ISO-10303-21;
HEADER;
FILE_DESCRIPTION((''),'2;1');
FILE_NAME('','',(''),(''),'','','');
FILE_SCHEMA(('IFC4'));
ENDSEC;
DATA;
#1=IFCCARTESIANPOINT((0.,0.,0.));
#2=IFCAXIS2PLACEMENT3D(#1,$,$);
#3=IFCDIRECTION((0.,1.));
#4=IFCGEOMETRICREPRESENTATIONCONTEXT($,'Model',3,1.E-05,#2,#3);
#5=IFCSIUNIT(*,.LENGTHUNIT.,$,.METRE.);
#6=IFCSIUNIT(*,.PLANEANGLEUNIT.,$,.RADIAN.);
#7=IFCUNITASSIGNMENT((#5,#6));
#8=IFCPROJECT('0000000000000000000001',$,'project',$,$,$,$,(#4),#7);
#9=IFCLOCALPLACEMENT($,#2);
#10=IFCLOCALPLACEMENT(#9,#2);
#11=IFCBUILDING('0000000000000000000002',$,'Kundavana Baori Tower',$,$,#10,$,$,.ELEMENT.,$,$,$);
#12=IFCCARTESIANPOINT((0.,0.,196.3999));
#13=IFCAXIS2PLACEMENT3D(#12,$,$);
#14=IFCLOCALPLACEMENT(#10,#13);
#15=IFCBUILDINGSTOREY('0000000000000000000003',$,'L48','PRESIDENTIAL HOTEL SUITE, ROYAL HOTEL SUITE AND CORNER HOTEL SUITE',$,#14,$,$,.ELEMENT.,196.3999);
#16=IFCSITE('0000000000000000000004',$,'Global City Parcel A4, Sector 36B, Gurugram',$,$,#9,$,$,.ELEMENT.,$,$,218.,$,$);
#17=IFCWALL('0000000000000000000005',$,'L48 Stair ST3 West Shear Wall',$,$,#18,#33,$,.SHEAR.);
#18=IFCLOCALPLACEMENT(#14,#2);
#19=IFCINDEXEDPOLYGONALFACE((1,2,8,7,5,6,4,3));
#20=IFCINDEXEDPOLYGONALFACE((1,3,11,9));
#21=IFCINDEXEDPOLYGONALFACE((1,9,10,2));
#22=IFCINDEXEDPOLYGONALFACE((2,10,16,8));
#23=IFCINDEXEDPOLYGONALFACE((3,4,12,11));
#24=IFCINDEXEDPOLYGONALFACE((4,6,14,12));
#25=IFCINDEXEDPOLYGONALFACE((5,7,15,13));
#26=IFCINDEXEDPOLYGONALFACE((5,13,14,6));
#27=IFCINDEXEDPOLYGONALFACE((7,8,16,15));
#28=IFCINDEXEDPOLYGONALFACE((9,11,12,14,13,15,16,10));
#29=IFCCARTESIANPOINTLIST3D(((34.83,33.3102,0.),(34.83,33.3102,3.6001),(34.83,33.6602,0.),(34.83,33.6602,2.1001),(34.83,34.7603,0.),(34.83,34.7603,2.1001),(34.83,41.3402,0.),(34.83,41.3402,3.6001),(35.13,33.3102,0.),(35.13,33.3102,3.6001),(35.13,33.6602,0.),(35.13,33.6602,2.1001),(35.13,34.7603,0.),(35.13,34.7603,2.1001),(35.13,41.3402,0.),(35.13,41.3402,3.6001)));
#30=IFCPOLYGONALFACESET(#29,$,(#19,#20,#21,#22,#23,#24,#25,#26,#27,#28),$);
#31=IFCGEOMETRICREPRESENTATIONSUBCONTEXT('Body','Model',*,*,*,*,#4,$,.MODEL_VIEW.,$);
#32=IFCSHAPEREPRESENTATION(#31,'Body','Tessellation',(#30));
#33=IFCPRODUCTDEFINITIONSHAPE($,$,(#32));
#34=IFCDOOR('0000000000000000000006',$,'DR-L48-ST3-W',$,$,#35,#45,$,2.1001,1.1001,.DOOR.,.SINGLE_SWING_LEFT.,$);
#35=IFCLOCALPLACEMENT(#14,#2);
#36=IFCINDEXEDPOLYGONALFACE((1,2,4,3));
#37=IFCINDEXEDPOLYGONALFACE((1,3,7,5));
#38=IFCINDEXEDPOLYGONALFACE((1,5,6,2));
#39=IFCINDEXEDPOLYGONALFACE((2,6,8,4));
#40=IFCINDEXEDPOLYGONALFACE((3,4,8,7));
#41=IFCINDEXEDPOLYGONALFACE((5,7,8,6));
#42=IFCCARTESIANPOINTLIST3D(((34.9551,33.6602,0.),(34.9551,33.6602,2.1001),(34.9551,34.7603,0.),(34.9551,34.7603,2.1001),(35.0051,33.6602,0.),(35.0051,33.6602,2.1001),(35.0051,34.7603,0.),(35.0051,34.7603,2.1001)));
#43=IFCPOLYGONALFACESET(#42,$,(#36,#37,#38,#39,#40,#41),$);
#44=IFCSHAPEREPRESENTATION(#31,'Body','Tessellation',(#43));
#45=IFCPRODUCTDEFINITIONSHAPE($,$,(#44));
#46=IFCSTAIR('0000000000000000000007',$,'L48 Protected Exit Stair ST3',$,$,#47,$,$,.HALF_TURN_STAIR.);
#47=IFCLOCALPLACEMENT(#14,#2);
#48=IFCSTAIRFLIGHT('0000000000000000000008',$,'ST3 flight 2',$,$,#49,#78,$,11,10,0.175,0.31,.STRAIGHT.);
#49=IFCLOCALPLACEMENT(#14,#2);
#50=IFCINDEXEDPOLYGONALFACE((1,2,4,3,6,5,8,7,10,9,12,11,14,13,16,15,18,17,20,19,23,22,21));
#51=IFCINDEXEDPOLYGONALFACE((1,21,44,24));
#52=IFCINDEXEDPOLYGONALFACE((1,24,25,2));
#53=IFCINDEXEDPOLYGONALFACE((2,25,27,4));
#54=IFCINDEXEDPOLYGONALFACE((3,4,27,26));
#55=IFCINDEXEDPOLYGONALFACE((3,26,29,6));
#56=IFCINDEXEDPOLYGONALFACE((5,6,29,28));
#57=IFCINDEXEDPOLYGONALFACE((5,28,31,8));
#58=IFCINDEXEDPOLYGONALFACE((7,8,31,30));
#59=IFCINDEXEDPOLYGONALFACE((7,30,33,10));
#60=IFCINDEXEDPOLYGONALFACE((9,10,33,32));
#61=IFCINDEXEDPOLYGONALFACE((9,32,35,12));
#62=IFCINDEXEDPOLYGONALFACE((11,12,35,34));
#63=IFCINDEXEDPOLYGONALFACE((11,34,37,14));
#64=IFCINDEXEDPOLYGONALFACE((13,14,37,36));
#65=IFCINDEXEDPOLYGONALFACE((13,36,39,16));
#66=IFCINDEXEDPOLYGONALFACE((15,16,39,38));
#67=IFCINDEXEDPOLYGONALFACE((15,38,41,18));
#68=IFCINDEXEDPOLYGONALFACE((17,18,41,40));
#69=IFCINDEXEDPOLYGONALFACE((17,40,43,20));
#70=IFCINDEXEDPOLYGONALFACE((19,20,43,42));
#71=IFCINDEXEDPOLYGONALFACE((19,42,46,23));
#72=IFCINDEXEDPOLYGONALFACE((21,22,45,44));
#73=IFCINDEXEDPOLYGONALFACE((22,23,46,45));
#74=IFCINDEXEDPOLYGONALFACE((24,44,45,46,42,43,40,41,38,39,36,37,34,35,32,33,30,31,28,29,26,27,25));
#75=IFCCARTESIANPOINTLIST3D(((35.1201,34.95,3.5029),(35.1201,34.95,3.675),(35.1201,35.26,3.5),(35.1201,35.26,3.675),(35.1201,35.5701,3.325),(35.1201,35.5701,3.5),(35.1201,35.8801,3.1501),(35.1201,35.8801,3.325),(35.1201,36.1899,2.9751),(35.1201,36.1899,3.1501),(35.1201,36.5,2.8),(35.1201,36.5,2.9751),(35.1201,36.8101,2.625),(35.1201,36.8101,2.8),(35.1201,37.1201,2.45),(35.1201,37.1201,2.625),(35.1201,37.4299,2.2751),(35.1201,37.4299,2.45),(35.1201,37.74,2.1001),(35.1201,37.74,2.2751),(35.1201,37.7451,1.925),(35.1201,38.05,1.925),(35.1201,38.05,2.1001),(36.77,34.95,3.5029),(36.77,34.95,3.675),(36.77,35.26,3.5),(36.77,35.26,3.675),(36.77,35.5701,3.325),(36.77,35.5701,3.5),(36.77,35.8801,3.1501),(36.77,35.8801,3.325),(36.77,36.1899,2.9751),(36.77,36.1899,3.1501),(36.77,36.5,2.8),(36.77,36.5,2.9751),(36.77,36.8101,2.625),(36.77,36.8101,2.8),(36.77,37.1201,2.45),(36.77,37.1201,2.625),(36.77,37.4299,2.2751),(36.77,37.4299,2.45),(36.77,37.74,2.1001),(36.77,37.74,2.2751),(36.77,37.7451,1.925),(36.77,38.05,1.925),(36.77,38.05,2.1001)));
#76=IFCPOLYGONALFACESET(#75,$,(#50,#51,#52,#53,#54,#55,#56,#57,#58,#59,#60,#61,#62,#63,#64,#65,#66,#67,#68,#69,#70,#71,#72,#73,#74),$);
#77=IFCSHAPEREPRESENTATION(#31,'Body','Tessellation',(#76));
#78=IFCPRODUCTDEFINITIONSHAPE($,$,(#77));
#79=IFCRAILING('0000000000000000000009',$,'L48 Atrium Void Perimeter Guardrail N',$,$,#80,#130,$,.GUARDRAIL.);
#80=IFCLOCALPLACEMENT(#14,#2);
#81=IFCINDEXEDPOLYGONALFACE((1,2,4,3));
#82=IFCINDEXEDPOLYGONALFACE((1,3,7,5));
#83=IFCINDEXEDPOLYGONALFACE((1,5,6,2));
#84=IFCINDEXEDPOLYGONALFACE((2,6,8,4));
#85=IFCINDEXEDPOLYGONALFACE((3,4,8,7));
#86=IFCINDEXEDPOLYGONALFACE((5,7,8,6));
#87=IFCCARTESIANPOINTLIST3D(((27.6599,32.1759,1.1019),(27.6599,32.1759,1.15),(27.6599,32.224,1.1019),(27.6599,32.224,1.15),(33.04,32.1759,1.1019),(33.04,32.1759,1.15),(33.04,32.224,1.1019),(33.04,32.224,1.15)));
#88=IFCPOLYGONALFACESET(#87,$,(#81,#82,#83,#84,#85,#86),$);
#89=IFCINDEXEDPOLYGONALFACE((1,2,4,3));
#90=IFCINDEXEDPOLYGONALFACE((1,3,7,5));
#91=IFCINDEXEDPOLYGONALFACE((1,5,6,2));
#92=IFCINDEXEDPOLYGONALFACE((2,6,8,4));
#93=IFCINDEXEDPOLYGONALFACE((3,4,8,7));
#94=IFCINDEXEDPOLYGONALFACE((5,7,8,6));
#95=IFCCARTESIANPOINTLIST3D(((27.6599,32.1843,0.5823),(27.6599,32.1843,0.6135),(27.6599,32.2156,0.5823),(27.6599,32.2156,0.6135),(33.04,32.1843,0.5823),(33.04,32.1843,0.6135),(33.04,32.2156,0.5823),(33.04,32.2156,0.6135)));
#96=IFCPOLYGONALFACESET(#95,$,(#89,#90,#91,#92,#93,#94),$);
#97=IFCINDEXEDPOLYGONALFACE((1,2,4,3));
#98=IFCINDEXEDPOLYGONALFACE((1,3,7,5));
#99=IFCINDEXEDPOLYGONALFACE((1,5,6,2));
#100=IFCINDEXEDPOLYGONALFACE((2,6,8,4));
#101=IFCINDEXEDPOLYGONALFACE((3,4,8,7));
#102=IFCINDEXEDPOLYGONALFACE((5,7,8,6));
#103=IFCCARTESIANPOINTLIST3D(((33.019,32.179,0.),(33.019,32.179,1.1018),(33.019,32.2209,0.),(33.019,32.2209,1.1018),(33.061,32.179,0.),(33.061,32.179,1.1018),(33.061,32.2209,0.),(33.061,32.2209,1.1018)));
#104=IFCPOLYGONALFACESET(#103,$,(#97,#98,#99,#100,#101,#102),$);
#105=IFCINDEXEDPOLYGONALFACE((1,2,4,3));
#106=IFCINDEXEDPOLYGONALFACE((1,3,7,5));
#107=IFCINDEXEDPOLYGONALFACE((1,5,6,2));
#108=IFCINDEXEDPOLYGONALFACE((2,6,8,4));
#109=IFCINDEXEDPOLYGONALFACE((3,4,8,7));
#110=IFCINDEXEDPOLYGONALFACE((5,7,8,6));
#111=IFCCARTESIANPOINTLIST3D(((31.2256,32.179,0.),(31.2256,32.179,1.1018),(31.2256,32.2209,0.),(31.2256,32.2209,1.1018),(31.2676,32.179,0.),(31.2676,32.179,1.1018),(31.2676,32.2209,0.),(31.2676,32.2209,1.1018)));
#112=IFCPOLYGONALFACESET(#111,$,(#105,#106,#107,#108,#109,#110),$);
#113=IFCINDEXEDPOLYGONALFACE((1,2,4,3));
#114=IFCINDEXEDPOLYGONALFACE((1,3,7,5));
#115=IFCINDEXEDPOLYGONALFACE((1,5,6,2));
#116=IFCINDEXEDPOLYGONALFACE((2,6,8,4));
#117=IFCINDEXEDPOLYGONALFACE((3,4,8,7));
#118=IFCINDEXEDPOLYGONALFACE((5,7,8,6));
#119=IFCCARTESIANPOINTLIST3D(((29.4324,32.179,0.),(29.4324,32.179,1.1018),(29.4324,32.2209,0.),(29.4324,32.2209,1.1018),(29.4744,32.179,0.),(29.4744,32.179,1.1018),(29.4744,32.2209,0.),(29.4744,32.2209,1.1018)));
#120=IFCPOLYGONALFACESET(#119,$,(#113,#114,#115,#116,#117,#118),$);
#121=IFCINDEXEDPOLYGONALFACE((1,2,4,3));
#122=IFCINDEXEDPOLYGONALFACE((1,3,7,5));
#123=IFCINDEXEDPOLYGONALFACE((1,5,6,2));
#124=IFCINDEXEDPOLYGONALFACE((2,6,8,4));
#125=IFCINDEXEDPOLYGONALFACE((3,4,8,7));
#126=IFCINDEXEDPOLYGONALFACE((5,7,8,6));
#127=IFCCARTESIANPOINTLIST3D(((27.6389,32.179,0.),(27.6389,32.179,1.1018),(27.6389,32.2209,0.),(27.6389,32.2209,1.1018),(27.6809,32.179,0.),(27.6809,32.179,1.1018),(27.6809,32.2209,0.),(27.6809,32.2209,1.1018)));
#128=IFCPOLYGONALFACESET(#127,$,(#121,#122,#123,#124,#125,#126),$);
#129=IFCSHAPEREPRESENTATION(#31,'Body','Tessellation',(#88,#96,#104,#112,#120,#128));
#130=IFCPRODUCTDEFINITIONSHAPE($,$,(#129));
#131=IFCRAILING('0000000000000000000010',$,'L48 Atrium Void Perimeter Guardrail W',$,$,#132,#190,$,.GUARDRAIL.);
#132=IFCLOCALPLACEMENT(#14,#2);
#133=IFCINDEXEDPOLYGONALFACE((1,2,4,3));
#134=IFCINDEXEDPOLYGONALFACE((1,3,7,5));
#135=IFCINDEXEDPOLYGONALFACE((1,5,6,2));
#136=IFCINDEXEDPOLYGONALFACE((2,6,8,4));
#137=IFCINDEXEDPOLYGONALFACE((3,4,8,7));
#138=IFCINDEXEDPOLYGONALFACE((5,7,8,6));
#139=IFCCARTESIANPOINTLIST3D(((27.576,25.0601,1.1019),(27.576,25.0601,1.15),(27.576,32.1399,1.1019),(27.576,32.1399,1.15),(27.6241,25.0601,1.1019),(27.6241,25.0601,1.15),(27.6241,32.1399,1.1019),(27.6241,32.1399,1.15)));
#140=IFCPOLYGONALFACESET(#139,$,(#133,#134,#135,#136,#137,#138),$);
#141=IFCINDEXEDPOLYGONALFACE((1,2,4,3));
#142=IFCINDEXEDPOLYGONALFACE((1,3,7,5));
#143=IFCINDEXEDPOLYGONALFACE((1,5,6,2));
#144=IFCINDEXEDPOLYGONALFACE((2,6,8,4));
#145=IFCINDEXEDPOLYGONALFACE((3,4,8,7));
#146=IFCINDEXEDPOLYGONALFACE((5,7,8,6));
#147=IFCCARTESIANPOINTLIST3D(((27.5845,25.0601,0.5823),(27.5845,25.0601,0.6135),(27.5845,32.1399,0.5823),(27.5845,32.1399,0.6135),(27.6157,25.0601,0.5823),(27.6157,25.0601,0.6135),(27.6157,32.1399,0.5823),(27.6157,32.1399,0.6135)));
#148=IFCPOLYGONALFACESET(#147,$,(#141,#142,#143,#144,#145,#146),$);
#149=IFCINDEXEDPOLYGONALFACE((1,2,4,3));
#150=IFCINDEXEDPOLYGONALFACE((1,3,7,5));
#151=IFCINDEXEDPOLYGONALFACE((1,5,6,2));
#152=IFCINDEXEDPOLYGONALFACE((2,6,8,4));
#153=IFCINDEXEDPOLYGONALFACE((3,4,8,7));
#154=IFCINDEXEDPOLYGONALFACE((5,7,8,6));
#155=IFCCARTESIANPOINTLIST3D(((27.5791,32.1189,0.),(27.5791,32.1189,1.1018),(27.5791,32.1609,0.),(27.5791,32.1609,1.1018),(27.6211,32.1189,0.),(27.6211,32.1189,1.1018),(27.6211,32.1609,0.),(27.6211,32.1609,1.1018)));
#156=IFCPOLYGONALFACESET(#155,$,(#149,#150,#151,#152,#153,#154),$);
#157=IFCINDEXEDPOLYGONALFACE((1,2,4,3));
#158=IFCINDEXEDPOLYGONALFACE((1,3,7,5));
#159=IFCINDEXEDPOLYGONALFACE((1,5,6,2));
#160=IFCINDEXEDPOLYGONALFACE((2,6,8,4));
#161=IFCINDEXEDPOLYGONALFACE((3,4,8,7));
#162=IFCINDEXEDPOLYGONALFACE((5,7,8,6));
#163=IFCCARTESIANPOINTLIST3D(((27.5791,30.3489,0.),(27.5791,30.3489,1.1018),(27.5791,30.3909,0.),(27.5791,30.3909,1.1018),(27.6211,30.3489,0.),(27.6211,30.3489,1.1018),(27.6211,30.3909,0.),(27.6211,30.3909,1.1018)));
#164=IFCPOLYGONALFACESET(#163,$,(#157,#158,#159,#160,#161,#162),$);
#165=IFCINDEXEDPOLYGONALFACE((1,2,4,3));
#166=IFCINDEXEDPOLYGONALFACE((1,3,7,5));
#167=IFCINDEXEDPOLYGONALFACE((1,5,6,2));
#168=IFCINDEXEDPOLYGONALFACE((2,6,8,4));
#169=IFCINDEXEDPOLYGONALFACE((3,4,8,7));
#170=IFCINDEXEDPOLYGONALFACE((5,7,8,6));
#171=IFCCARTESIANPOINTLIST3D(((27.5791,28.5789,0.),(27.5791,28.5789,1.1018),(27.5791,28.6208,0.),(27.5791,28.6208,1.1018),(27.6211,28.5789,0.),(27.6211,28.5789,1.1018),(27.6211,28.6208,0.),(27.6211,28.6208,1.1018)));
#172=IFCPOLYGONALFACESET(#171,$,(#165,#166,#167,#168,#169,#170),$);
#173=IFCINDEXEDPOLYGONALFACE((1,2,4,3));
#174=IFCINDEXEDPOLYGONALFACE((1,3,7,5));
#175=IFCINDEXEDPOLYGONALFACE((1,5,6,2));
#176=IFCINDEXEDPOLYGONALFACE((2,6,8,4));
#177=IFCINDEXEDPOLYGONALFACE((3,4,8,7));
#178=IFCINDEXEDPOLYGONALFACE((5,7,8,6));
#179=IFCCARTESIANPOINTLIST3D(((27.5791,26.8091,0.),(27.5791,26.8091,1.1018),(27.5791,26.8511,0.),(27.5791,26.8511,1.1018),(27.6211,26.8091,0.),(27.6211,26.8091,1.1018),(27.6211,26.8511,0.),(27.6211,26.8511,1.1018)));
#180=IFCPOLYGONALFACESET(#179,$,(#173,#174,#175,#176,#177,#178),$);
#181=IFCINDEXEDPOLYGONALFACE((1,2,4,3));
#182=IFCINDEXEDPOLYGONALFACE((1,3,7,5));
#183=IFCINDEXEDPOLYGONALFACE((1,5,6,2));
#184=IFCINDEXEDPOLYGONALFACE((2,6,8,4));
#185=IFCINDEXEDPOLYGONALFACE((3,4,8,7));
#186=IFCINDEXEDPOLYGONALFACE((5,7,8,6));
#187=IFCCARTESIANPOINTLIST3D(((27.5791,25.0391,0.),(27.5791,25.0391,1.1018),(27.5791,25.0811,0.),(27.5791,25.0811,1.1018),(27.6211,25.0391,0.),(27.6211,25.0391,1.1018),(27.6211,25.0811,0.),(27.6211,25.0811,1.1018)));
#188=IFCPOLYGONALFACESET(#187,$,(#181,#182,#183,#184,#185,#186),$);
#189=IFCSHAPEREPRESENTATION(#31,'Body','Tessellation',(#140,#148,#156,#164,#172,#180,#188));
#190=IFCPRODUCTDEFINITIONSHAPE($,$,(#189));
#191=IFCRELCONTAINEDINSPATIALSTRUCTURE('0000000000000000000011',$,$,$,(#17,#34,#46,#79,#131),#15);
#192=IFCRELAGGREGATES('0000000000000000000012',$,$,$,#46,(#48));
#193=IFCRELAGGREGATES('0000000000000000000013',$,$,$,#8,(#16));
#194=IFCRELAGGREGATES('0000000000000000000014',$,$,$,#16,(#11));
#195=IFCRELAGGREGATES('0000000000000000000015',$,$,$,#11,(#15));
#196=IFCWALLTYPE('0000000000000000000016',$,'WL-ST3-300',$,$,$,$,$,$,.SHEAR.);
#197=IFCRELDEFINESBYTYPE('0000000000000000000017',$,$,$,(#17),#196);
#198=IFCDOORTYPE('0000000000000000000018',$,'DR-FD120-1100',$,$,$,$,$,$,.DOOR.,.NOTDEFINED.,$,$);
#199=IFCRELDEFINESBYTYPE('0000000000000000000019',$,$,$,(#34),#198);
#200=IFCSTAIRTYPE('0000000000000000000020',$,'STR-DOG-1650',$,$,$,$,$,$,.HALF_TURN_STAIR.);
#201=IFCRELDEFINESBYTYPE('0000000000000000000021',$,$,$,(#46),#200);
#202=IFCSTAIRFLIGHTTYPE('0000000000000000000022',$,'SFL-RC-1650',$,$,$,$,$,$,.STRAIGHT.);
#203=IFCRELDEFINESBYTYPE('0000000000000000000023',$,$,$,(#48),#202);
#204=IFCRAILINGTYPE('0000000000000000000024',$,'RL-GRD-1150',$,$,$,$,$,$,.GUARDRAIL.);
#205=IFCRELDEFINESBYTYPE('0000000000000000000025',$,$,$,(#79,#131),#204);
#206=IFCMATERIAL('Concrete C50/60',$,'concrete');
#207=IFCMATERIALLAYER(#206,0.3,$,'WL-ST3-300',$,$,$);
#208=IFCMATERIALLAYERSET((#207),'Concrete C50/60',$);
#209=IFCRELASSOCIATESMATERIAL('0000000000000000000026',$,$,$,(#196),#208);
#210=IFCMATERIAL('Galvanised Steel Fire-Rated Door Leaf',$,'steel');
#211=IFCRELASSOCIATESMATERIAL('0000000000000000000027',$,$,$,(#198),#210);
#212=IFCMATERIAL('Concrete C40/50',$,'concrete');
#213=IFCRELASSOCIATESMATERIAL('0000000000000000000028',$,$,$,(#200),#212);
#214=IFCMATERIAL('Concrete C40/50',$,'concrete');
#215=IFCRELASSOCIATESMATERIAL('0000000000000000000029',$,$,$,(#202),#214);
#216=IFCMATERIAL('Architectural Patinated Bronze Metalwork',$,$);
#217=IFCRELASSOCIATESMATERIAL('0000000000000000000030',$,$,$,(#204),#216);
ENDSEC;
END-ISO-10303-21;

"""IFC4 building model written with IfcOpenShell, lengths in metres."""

from ifc_helpers import new_model, si_unit, direction, frame, frame_2d, origin, origin_2d, place, context, subcontext, project, spatial, polyline, rectangle, outline, extrude, material, layer, layer_set, type_object, element, fill, aggregate, save


model = new_model("IFC4")

# Units and contexts
model_context = context("Model", 3, precision=1e-05, world=origin(), true_north=direction((0.0, 1.0)))
body_context = subcontext(model_context, "Body", "Model", "MODEL_VIEW")
ifc_project = project(units=[si_unit("LENGTHUNIT", "METRE"), si_unit("PLANEANGLEUNIT", "RADIAN")], contexts=[model_context])

# Site, building, storey
site_placement = place(None, origin())
site = spatial("IfcSite", under=ifc_project, at=site_placement, Name="Global City Parcel A4, Sector 36B, Gurugram", CompositionType="ELEMENT", RefElevation=218.0)
building_placement = place(site_placement, origin())
building = spatial("IfcBuilding", under=site, at=building_placement, Name="Kundavana Baori Tower", CompositionType="ELEMENT")
storey_placement = place(building_placement, frame((0.0, 0.0, 196.3999)))
storey = spatial("IfcBuildingStorey", under=building, at=storey_placement, Name="L48", Description="PRESIDENTIAL HOTEL SUITE, ROYAL HOTEL SUITE AND CORNER HOTEL SUITE", CompositionType="ELEMENT", Elevation=196.3999)

# Shared definitions
ifc_material_1 = material(Name="Concrete C50/60", Category="concrete")
ifc_layer_1 = layer(ifc_material_1, 0.3, Name="WL-ST3-300")
ifc_layer_set_1 = layer_set([ifc_layer_1], Name="Concrete C50/60")
wall_type_1 = type_object("IfcWallType", Name="WL-ST3-300", PredefinedType="SHEAR", material=ifc_layer_set_1)

# Wall, opening, door
wall_1_placement = place(storey_placement, frame((34.98, 33.3101, 0.0), z_axis=(0.0, 0.0, 1.0), x_axis=(0.0, 1.0, 0.0)))
wall_1 = element("IfcWall", 1, at=wall_1_placement, inside=storey, type_object=wall_type_1, Name="L48 Stair ST3 West Shear Wall", PredefinedType="SHEAR", context=body_context, shape_type="SweptSolid", body=[
    extrude(rectangle(XDim=8.03, YDim=0.3, at=frame_2d((4.0151, 0.0))), origin(), (0.0, 0.0, 1.0), 3.6001),
])
opening_1_placement = place(wall_1_placement, frame((0.3501, 0.0, 0.0)))
opening_1 = element("IfcOpeningElement", 2, at=opening_1_placement, cuts=wall_1, PredefinedType="OPENING", context=body_context, shape_type="SweptSolid", body=[
    extrude(rectangle(XDim=1.1001, YDim=2.1001, at=frame_2d((0.55, 1.05))), frame((0.0, 0.1602, 0.0), z_axis=(0.0, -1.0, 0.0), x_axis=(1.0, 0.0, 0.0)), (0.0, 0.0, 1.0), 0.3201),
])
ifc_material_2 = material(Name="Galvanised Steel Fire-Rated Door Leaf", Category="steel")
door_type_1 = type_object("IfcDoorType", Name="DR-FD120-1100", OperationType="NOTDEFINED", PredefinedType="DOOR", material=ifc_material_2)
door_1_placement = place(opening_1_placement, origin())
door_1 = element("IfcDoor", 3, at=door_1_placement, inside=storey, type_object=door_type_1, Name="DR-L48-ST3-W", OperationType="SINGLE_SWING_LEFT", OverallHeight=2.1001, OverallWidth=1.1001, PredefinedType="DOOR", context=body_context, shape_type="SweptSolid", body=[
    extrude(rectangle(XDim=1.1001, YDim=2.1001, at=frame_2d((0.55, 1.05))), frame((0.0, 0.0249, 0.0), z_axis=(0.0, -1.0, 0.0), x_axis=(1.0, 0.0, 0.0)), (0.0, 0.0, 1.0), 0.05),
])
fill(opening_1, door_1)

# Stair, stair flight
ifc_material_3 = material(Name="Concrete C40/50", Category="concrete")
stair_type = type_object("IfcStairType", Name="STR-DOG-1650", PredefinedType="HALF_TURN_STAIR", material=ifc_material_3)
stair_placement = place(storey_placement, origin())
stair = element("IfcStair", 4, at=stair_placement, inside=storey, type_object=stair_type, Name="L48 Protected Exit Stair ST3", PredefinedType="HALF_TURN_STAIR")
ifc_material_4 = material(Name="Concrete C40/50", Category="concrete")
stair_flight_type = type_object("IfcStairFlightType", Name="SFL-RC-1650", PredefinedType="STRAIGHT", material=ifc_material_4)
stair_flight_placement = place(storey_placement, frame((35.9451, 38.05, 1.925), z_axis=(0.0, 0.0, 1.0), x_axis=(0.0, -1.0, 0.0)))
stair_flight = element("IfcStairFlight", 5, at=stair_flight_placement, type_object=stair_flight_type, Name="ST3 flight 2", NumberOfRisers=11, NumberOfTreads=10, PredefinedType="STRAIGHT", RiserHeight=0.175, TreadLength=0.31, context=body_context, shape_type="SweptSolid", body=[
    extrude(outline(polyline([(0.0, 0.0), (0.0, 0.175), (0.3101, 0.175), (0.3101, 0.3501), (0.6201, 0.3501), (0.6201, 0.5249), (0.9299, 0.5249), (0.9299, 0.7), (1.24, 0.7), (1.24, 0.875), (1.55, 0.875), (1.55, 1.05), (1.8601, 1.05), (1.8601, 1.2251), (2.1699, 1.2251), (2.1699, 1.3999), (2.48, 1.3999), (2.48, 1.575), (2.79, 1.575), (2.79, 1.75), (3.1001, 1.75), (3.1001, 1.925), (3.1001, 1.5779), (0.3049, 0.0), (0.0, 0.0)])), frame((0.0, 0.825, 0.0), z_axis=(0.0, -1.0, 0.0), x_axis=(1.0, 0.0, 0.0)), (0.0, 0.0, 1.0), 1.6499),
])
aggregate(stair, [stair_flight])

# Railings
ifc_material_5 = material(Name="Architectural Patinated Bronze Metalwork")
railing_type_1 = type_object("IfcRailingType", Name="RL-GRD-1150", PredefinedType="GUARDRAIL", material=ifc_material_5)
railing_1_placement = place(storey_placement, frame((33.04, 32.2, 0.0)))
element("IfcRailing", 6, at=railing_1_placement, inside=storey, type_object=railing_type_1, Name="L48 Atrium Void Perimeter Guardrail N", PredefinedType="GUARDRAIL", context=body_context, shape_type="SweptSolid", body=[
    extrude(rectangle(XDim=0.0481, YDim=0.0481, at=origin_2d()), frame((0.0, 0.0, 1.126), z_axis=(-1.0, 0.0, 0.0), x_axis=(0.0, -1.0, 0.0)), (0.0, 0.0, 1.0), 5.3801),
    extrude(rectangle(XDim=0.0312, YDim=0.0312, at=origin_2d()), frame((0.0, 0.0, 0.5979), z_axis=(-1.0, 0.0, 0.0), x_axis=(0.0, -1.0, 0.0)), (0.0, 0.0, 1.0), 5.3801),
    extrude(rectangle(XDim=0.042, YDim=0.042, at=origin_2d()), origin(), (0.0, 0.0, 1.0), 1.1018),
    extrude(rectangle(XDim=0.042, YDim=0.042, at=origin_2d()), frame((-1.7935, 0.0, 0.0)), (0.0, 0.0, 1.0), 1.1018),
    extrude(rectangle(XDim=0.042, YDim=0.042, at=origin_2d()), frame((-3.5867, 0.0, 0.0)), (0.0, 0.0, 1.0), 1.1018),
    extrude(rectangle(XDim=0.042, YDim=0.042, at=origin_2d()), frame((-5.3801, 0.0, 0.0)), (0.0, 0.0, 1.0), 1.1018),
])
railing_2_placement = place(storey_placement, frame((27.6001, 32.1399, 0.0)))
element("IfcRailing", 7, at=railing_2_placement, inside=storey, type_object=railing_type_1, Name="L48 Atrium Void Perimeter Guardrail W", PredefinedType="GUARDRAIL", context=body_context, shape_type="SweptSolid", body=[
    extrude(rectangle(XDim=0.0481, YDim=0.0481, at=origin_2d()), frame((0.0, 0.0, 1.126), z_axis=(0.0, -1.0, 0.0), x_axis=(1.0, 0.0, 0.0)), (0.0, 0.0, 1.0), 7.0798),
    extrude(rectangle(XDim=0.0312, YDim=0.0312, at=origin_2d()), frame((0.0, 0.0, 0.5979), z_axis=(0.0, -1.0, 0.0), x_axis=(1.0, 0.0, 0.0)), (0.0, 0.0, 1.0), 7.0798),
    extrude(rectangle(XDim=0.042, YDim=0.042, at=origin_2d()), origin(), (0.0, 0.0, 1.0), 1.1018),
    extrude(rectangle(XDim=0.042, YDim=0.042, at=origin_2d()), frame((0.0, -1.77, 0.0)), (0.0, 0.0, 1.0), 1.1018),
    extrude(rectangle(XDim=0.042, YDim=0.042, at=origin_2d()), frame((0.0, -3.54, 0.0)), (0.0, 0.0, 1.0), 1.1018),
    extrude(rectangle(XDim=0.042, YDim=0.042, at=origin_2d()), frame((0.0, -5.3098, 0.0)), (0.0, 0.0, 1.0), 1.1018),
    extrude(rectangle(XDim=0.042, YDim=0.042, at=origin_2d()), frame((0.0, -7.0798, 0.0)), (0.0, 0.0, 1.0), 1.1018),
])

save(model, "model.ifc")
